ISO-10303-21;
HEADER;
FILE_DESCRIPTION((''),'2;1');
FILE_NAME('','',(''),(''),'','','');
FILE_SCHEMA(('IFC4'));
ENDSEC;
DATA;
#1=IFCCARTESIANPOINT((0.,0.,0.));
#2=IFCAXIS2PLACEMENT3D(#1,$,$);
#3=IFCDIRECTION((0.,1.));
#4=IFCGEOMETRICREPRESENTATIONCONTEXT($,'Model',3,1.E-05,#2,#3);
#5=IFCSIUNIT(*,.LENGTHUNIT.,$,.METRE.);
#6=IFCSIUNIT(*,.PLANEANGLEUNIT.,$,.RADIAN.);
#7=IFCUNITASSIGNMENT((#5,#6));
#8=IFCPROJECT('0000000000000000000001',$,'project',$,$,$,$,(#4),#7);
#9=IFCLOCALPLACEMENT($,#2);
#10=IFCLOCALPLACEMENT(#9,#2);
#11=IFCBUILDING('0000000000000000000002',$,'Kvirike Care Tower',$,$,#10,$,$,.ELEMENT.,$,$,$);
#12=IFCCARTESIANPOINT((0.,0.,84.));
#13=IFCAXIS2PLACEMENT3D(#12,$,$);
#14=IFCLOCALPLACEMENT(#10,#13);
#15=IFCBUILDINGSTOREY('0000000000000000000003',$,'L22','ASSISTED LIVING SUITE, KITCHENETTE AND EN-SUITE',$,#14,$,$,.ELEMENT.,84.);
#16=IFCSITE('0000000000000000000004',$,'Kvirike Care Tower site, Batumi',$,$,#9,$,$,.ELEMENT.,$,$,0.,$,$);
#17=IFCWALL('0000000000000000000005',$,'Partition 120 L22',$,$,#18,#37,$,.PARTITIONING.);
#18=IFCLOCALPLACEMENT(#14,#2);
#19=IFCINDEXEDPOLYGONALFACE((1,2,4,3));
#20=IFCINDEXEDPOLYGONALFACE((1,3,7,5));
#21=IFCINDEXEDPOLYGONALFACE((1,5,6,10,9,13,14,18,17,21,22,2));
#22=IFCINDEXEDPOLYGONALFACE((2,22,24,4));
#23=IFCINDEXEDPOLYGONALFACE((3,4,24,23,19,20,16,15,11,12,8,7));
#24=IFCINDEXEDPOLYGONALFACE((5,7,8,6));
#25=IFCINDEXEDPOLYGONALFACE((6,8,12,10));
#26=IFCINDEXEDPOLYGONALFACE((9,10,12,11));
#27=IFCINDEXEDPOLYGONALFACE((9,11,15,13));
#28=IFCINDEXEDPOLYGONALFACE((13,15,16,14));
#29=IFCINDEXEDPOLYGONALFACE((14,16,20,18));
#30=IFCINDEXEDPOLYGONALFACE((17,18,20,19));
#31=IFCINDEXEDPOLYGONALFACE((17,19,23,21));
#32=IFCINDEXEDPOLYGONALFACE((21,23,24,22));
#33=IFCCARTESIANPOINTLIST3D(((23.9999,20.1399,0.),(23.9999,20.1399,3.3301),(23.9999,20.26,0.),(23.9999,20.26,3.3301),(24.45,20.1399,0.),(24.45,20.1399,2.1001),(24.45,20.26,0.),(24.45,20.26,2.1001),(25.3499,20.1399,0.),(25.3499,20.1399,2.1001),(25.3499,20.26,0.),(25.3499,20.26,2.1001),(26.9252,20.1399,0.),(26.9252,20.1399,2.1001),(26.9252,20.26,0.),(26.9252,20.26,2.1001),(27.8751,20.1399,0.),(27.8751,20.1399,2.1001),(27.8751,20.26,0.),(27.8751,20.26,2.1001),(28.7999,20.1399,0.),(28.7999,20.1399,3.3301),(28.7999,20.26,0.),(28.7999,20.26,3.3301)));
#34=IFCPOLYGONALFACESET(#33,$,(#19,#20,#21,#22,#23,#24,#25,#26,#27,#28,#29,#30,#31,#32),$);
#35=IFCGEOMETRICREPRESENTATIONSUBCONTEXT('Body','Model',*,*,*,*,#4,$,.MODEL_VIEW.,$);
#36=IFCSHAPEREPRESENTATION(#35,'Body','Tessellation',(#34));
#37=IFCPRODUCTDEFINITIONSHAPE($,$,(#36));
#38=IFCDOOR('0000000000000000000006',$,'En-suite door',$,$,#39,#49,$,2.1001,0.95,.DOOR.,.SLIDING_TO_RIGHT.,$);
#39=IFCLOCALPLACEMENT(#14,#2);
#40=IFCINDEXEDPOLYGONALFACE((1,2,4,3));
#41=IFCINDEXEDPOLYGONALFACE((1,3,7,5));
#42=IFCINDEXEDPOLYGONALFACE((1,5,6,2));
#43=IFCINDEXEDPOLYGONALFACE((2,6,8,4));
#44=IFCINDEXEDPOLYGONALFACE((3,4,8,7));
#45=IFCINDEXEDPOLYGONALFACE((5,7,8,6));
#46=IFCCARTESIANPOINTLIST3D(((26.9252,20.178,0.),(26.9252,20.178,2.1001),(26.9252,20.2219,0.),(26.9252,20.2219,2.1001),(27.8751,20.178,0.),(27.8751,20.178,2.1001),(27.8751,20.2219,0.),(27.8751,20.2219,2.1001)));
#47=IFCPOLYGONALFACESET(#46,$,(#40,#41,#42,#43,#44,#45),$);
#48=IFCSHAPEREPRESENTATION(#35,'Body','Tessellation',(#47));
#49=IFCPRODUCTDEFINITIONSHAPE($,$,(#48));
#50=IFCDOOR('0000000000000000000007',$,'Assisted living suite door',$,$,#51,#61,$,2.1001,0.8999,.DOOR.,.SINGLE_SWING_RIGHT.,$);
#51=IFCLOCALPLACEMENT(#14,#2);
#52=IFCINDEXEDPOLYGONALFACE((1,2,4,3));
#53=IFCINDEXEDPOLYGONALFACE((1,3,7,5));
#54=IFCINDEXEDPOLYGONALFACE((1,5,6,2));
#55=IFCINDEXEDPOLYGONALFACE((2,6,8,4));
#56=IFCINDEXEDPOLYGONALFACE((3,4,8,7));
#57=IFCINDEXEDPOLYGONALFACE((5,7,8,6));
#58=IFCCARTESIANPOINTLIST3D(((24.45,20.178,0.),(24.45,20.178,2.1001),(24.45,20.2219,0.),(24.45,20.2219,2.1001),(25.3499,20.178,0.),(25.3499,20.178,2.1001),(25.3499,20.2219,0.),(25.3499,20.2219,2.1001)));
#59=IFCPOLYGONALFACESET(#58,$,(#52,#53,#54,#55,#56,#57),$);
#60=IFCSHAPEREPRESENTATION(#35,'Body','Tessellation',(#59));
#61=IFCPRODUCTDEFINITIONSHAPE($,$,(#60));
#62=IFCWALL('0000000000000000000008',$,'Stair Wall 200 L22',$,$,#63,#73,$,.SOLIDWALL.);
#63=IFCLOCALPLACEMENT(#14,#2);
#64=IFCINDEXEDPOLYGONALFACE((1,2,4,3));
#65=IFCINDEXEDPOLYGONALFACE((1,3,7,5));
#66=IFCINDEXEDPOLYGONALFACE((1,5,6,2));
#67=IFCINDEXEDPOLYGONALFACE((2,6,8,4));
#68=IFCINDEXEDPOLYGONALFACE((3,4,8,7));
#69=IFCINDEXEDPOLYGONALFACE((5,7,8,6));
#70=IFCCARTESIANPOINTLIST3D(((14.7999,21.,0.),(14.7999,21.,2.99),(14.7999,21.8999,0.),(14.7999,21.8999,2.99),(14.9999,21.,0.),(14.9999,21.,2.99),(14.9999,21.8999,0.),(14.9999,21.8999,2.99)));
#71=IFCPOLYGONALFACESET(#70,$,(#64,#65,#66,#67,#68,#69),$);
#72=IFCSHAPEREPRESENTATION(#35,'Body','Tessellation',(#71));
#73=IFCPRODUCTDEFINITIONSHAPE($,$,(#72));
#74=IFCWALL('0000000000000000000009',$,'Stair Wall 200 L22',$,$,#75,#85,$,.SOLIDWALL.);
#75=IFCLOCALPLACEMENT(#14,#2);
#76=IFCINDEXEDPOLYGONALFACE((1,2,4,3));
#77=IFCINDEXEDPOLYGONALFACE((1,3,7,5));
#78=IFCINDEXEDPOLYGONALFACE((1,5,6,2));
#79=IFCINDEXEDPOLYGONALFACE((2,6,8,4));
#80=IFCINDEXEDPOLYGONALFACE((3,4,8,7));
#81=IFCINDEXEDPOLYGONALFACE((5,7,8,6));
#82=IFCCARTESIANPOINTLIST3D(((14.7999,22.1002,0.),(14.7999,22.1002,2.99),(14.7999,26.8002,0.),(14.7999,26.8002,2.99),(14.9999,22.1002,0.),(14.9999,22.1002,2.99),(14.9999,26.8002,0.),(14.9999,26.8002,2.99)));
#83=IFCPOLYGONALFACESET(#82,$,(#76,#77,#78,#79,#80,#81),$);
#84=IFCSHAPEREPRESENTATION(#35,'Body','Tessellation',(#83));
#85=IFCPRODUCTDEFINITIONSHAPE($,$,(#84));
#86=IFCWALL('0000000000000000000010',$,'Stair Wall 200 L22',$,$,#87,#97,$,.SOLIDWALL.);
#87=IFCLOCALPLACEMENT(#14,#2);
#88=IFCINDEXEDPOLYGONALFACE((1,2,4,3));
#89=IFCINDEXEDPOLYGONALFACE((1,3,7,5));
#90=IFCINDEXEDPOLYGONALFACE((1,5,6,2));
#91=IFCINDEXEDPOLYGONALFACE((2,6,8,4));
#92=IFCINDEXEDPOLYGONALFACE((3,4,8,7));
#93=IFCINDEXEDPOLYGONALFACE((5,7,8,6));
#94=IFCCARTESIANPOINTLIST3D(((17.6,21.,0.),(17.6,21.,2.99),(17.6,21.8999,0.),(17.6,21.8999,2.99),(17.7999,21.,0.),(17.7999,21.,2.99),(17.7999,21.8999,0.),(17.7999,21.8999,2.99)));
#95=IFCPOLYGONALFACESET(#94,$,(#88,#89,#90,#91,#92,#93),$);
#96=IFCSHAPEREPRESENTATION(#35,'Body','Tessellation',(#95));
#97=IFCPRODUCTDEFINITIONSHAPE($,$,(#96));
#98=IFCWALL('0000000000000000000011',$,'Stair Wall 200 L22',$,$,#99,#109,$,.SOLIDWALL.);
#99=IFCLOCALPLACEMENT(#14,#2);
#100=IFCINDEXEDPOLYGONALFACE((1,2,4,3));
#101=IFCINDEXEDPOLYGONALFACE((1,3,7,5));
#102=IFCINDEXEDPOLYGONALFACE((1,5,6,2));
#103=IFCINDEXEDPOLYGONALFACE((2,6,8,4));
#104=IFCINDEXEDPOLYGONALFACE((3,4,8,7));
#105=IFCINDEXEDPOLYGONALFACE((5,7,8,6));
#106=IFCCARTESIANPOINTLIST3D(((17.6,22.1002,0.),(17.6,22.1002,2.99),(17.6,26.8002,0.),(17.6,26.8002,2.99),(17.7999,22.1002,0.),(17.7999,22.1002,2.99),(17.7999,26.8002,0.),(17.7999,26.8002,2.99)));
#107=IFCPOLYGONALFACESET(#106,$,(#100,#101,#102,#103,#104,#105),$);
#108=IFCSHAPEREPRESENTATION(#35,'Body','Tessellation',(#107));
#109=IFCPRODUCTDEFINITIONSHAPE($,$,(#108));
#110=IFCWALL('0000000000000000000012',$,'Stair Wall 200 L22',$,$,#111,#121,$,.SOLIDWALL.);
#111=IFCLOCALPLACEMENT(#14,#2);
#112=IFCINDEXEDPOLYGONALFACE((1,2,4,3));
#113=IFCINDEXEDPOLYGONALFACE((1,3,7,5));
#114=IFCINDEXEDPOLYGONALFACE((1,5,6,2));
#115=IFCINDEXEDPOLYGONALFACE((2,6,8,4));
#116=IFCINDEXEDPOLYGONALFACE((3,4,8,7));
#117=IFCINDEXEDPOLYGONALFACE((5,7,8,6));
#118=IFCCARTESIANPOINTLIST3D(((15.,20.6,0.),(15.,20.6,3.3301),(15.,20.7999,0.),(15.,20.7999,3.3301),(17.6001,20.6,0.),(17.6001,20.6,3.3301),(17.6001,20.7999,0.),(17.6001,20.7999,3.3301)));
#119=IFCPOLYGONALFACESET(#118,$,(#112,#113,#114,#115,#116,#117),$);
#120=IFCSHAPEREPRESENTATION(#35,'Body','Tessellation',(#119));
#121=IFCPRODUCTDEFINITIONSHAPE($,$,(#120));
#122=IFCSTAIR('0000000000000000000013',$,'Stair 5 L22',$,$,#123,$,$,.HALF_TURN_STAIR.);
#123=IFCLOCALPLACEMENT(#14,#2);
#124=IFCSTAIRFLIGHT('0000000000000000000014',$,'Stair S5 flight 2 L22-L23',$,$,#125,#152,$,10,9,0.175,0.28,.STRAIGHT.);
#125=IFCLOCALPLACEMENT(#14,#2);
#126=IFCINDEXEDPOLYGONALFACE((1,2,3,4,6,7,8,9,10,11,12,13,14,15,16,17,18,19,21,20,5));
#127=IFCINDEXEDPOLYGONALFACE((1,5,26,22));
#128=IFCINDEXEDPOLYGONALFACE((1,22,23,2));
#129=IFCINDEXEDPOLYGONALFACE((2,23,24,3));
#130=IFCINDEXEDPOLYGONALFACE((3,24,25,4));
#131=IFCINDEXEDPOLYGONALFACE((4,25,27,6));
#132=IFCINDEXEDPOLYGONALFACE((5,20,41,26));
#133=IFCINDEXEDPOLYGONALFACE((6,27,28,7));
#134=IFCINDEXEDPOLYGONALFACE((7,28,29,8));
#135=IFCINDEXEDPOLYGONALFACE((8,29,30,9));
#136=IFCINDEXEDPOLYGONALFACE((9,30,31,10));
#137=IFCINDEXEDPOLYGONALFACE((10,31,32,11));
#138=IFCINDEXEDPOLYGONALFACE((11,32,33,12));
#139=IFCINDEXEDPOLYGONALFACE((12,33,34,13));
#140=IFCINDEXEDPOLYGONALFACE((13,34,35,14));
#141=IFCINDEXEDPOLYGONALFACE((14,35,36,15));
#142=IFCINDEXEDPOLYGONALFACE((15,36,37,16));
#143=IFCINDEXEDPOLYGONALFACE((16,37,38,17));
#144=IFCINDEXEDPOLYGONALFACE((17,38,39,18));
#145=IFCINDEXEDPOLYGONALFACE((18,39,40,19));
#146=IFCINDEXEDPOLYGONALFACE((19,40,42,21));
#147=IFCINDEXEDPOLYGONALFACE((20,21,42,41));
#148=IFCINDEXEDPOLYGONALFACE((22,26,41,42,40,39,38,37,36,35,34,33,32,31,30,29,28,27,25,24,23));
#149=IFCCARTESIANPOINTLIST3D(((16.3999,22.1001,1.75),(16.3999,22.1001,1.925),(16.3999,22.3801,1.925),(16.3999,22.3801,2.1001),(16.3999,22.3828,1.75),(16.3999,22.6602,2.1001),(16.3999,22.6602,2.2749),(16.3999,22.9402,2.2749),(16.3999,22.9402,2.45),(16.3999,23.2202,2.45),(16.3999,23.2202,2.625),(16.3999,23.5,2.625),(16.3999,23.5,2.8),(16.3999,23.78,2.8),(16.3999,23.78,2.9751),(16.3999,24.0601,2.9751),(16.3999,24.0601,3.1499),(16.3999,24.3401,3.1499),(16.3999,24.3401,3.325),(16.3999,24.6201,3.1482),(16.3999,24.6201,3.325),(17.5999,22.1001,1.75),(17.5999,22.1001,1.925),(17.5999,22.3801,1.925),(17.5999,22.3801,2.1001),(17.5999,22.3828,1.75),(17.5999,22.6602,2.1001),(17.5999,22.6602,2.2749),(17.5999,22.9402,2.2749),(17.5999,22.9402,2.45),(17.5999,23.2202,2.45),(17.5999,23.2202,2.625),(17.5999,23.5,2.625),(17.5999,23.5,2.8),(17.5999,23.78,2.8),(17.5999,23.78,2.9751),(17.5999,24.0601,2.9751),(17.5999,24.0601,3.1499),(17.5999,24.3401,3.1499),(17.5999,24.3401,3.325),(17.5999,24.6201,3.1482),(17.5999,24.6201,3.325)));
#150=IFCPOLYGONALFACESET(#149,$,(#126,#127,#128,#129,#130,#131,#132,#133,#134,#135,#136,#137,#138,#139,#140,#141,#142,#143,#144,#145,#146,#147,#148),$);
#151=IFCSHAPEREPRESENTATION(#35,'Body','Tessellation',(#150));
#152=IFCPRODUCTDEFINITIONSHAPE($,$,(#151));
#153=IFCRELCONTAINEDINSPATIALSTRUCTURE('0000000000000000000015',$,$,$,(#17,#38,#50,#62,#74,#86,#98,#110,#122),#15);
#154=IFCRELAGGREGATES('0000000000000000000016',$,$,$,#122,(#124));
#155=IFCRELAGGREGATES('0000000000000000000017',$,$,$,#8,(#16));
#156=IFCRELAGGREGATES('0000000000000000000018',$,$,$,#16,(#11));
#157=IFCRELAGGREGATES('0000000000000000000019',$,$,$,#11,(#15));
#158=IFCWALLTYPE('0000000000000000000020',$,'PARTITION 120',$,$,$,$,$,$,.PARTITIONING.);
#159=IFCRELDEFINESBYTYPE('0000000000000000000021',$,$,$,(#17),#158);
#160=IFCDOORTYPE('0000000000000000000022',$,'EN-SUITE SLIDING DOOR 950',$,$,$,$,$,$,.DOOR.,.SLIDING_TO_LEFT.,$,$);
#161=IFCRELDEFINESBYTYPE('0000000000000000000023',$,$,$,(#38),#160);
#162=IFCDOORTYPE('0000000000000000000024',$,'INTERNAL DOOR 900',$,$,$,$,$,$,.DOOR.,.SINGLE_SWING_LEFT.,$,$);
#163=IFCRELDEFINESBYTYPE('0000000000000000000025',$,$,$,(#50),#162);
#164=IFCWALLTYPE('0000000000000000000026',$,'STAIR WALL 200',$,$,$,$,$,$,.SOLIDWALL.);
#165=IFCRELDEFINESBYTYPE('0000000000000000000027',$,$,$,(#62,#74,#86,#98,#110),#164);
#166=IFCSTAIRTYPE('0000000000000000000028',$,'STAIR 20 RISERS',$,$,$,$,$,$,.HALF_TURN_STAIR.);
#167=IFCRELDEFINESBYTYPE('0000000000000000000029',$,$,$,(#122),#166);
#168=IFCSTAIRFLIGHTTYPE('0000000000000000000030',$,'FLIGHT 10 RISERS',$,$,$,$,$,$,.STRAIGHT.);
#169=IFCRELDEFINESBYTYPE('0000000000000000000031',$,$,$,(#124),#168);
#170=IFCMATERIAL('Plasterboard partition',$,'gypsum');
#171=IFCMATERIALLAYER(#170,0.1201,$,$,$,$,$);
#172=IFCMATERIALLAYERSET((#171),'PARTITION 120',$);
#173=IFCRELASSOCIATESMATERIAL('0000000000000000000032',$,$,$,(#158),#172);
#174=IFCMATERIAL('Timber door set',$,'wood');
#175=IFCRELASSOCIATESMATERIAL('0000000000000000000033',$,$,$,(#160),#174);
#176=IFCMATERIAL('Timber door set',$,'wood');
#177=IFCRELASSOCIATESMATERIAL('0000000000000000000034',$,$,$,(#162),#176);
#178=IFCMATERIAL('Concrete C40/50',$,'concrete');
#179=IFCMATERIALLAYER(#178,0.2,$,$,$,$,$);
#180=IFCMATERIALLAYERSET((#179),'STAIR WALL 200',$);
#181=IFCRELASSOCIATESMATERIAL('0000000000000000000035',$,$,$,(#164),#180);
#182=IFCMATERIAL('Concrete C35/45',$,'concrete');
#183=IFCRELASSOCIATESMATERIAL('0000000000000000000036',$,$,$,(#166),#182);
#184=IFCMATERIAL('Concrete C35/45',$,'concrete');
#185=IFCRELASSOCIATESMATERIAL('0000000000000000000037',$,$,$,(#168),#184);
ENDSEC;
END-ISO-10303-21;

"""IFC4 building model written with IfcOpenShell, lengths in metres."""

from ifc_helpers import new_model, si_unit, direction, frame, frame_2d, origin, place, context, subcontext, project, spatial, polyline, rectangle, outline, extrude, material, layer, layer_set, type_object, element, fill, aggregate, save


model = new_model("IFC4")

# Units and contexts
model_context = context("Model", 3, precision=1e-05, world=origin(), true_north=direction((0.0, 1.0)))
body_context = subcontext(model_context, "Body", "Model", "MODEL_VIEW")
ifc_project = project(units=[si_unit("LENGTHUNIT", "METRE"), si_unit("PLANEANGLEUNIT", "RADIAN")], contexts=[model_context])

# Site, building, storey
site_placement = place(None, origin())
site = spatial("IfcSite", under=ifc_project, at=site_placement, Name="Kvirike Care Tower site, Batumi", CompositionType="ELEMENT", RefElevation=0.0)
building_placement = place(site_placement, origin())
building = spatial("IfcBuilding", under=site, at=building_placement, Name="Kvirike Care Tower", CompositionType="ELEMENT")
storey_placement = place(building_placement, frame((0.0, 0.0, 84.0)))
storey = spatial("IfcBuildingStorey", under=building, at=storey_placement, Name="L22", Description="ASSISTED LIVING SUITE, KITCHENETTE AND EN-SUITE", CompositionType="ELEMENT", Elevation=84.0)

# Wall, openings, doors
ifc_material_1 = material(Name="Plasterboard partition", Category="gypsum")
ifc_layer_1 = layer(ifc_material_1, 0.1201)
ifc_layer_set_1 = layer_set([ifc_layer_1], Name="PARTITION 120")
wall_type_1 = type_object("IfcWallType", Name="PARTITION 120", PredefinedType="PARTITIONING", material=ifc_layer_set_1)
wall_1_placement = place(storey_placement, frame((24.0, 20.2, 0.0), z_axis=(0.0, 0.0, 1.0), x_axis=(1.0, 0.0, 0.0)))
wall_1 = element("IfcWall", 1, at=wall_1_placement, inside=storey, type_object=wall_type_1, Name="Partition 120 L22", PredefinedType="PARTITIONING", context=body_context, shape_type="SweptSolid", body=[
    extrude(rectangle(XDim=4.8, YDim=0.1201, at=frame_2d((2.3999, 0.0))), origin(), (0.0, 0.0, 1.0), 3.3301),
])
opening_1_placement = place(wall_1_placement, frame((0.45, 0.0, 0.0)))
opening_1 = element("IfcOpeningElement", 2, at=opening_1_placement, cuts=wall_1, PredefinedType="OPENING", context=body_context, shape_type="SweptSolid", body=[
    extrude(rectangle(XDim=0.8999, YDim=2.1001, at=frame_2d((0.45, 1.05))), frame((0.0, 0.0706, 0.0), z_axis=(0.0, -1.0, 0.0), x_axis=(1.0, 0.0, 0.0)), (0.0, 0.0, 1.0), 0.1411),
])
opening_2_placement = place(wall_1_placement, frame((2.925, 0.0, 0.0)))
opening_2 = element("IfcOpeningElement", 3, at=opening_2_placement, cuts=wall_1, PredefinedType="OPENING", context=body_context, shape_type="SweptSolid", body=[
    extrude(rectangle(XDim=0.95, YDim=2.1001, at=frame_2d((0.4751, 1.05))), frame((0.0, 0.0706, 0.0), z_axis=(0.0, -1.0, 0.0), x_axis=(1.0, 0.0, 0.0)), (0.0, 0.0, 1.0), 0.1411),
])
ifc_material_2 = material(Name="Timber door set", Category="wood")
door_type_1 = type_object("IfcDoorType", Name="EN-SUITE SLIDING DOOR 950", OperationType="SLIDING_TO_LEFT", PredefinedType="DOOR", material=ifc_material_2)
door_1_placement = place(opening_2_placement, origin())
door_1 = element("IfcDoor", 4, at=door_1_placement, inside=storey, type_object=door_type_1, Name="En-suite door", OperationType="SLIDING_TO_RIGHT", OverallHeight=2.1001, OverallWidth=0.95, PredefinedType="DOOR", context=body_context, shape_type="SweptSolid", body=[
    extrude(rectangle(XDim=0.95, YDim=2.1001, at=frame_2d((0.4751, 1.05))), frame((0.0, 0.022, 0.0), z_axis=(0.0, -1.0, 0.0), x_axis=(1.0, 0.0, 0.0)), (0.0, 0.0, 1.0), 0.0439),
])
fill(opening_2, door_1)
ifc_material_3 = material(Name="Timber door set", Category="wood")
door_type_2 = type_object("IfcDoorType", Name="INTERNAL DOOR 900", OperationType="SINGLE_SWING_LEFT", PredefinedType="DOOR", material=ifc_material_3)
door_2_placement = place(opening_1_placement, origin())
door_2 = element("IfcDoor", 5, at=door_2_placement, inside=storey, type_object=door_type_2, Name="Assisted living suite door", OperationType="SINGLE_SWING_RIGHT", OverallHeight=2.1001, OverallWidth=0.8999, PredefinedType="DOOR", context=body_context, shape_type="SweptSolid", body=[
    extrude(rectangle(XDim=0.8999, YDim=2.1001, at=frame_2d((0.45, 1.05))), frame((0.0, 0.022, 0.0), z_axis=(0.0, -1.0, 0.0), x_axis=(1.0, 0.0, 0.0)), (0.0, 0.0, 1.0), 0.0439),
])
fill(opening_1, door_2)

# Walls
ifc_material_4 = material(Name="Concrete C40/50", Category="concrete")
ifc_layer_2 = layer(ifc_material_4, 0.2)
ifc_layer_set_2 = layer_set([ifc_layer_2], Name="STAIR WALL 200")
wall_type_2 = type_object("IfcWallType", Name="STAIR WALL 200", PredefinedType="SOLIDWALL", material=ifc_layer_set_2)
wall_2_placement = place(storey_placement, frame((14.8999, 21.0, 0.0), z_axis=(0.0, 0.0, 1.0), x_axis=(0.0, 1.0, 0.0)))
element("IfcWall", 6, at=wall_2_placement, inside=storey, type_object=wall_type_2, Name="Stair Wall 200 L22", PredefinedType="SOLIDWALL", context=body_context, shape_type="SweptSolid", body=[
    extrude(rectangle(XDim=0.8999, YDim=0.2, at=frame_2d((0.45, 0.0))), origin(), (0.0, 0.0, 1.0), 2.99),
])
wall_3_placement = place(storey_placement, frame((14.8999, 22.1001, 0.0), z_axis=(0.0, 0.0, 1.0), x_axis=(0.0, 1.0, 0.0)))
element("IfcWall", 7, at=wall_3_placement, inside=storey, type_object=wall_type_2, Name="Stair Wall 200 L22", PredefinedType="SOLIDWALL", context=body_context, shape_type="SweptSolid", body=[
    extrude(rectangle(XDim=4.7, YDim=0.2, at=frame_2d((2.3501, 0.0))), origin(), (0.0, 0.0, 1.0), 2.99),
])
wall_4_placement = place(storey_placement, frame((17.7, 21.0, 0.0), z_axis=(0.0, 0.0, 1.0), x_axis=(0.0, 1.0, 0.0)))
element("IfcWall", 8, at=wall_4_placement, inside=storey, type_object=wall_type_2, Name="Stair Wall 200 L22", PredefinedType="SOLIDWALL", context=body_context, shape_type="SweptSolid", body=[
    extrude(rectangle(XDim=0.8999, YDim=0.2, at=frame_2d((0.45, 0.0))), origin(), (0.0, 0.0, 1.0), 2.99),
])
wall_5_placement = place(storey_placement, frame((17.7, 22.1001, 0.0), z_axis=(0.0, 0.0, 1.0), x_axis=(0.0, 1.0, 0.0)))
element("IfcWall", 9, at=wall_5_placement, inside=storey, type_object=wall_type_2, Name="Stair Wall 200 L22", PredefinedType="SOLIDWALL", context=body_context, shape_type="SweptSolid", body=[
    extrude(rectangle(XDim=4.7, YDim=0.2, at=frame_2d((2.3501, 0.0))), origin(), (0.0, 0.0, 1.0), 2.99),
])
wall_6_placement = place(storey_placement, frame((15.0, 20.7, 0.0), z_axis=(0.0, 0.0, 1.0), x_axis=(1.0, 0.0, 0.0)))
element("IfcWall", 10, at=wall_6_placement, inside=storey, type_object=wall_type_2, Name="Stair Wall 200 L22", PredefinedType="SOLIDWALL", context=body_context, shape_type="SweptSolid", body=[
    extrude(rectangle(XDim=2.6001, YDim=0.2, at=frame_2d((1.3, 0.0))), origin(), (0.0, 0.0, 1.0), 3.3301),
])

# Stair, stair flight
ifc_material_5 = material(Name="Concrete C35/45", Category="concrete")
stair_type = type_object("IfcStairType", Name="STAIR 20 RISERS", PredefinedType="HALF_TURN_STAIR", material=ifc_material_5)
stair_placement = place(storey_placement, origin())
stair = element("IfcStair", 11, at=stair_placement, inside=storey, type_object=stair_type, Name="Stair 5 L22", PredefinedType="HALF_TURN_STAIR")
ifc_material_6 = material(Name="Concrete C35/45", Category="concrete")
stair_flight_type = type_object("IfcStairFlightType", Name="FLIGHT 10 RISERS", PredefinedType="STRAIGHT", material=ifc_material_6)
stair_flight_placement = place(storey_placement, frame((17.0, 22.1001, 1.75), z_axis=(0.0, 0.0, 1.0), x_axis=(0.0, 1.0, 0.0)))
stair_flight = element("IfcStairFlight", 12, at=stair_flight_placement, type_object=stair_flight_type, Name="Stair S5 flight 2 L22-L23", NumberOfRisers=10, NumberOfTreads=9, PredefinedType="STRAIGHT", RiserHeight=0.175, TreadLength=0.28, context=body_context, shape_type="SweptSolid", body=[
    extrude(outline(polyline([(0.0, 0.0), (0.0, 0.175), (0.28, 0.175), (0.28, 0.3501), (0.5601, 0.3501), (0.5601, 0.5249), (0.8401, 0.5249), (0.8401, 0.7), (1.1201, 0.7), (1.1201, 0.875), (1.3999, 0.875), (1.3999, 1.05), (1.6799, 1.05), (1.6799, 1.2251), (1.96, 1.2251), (1.96, 1.3999), (2.24, 1.3999), (2.24, 1.575), (2.52, 1.575), (2.52, 1.75), (2.52, 1.3982), (0.2827, 0.0), (0.0, 0.0)])), frame((0.0, 0.6001, 0.0), z_axis=(0.0, -1.0, 0.0), x_axis=(1.0, 0.0, 0.0)), (0.0, 0.0, 1.0), 1.2),
])
aggregate(stair, [stair_flight])

save(model, "model.ifc")
